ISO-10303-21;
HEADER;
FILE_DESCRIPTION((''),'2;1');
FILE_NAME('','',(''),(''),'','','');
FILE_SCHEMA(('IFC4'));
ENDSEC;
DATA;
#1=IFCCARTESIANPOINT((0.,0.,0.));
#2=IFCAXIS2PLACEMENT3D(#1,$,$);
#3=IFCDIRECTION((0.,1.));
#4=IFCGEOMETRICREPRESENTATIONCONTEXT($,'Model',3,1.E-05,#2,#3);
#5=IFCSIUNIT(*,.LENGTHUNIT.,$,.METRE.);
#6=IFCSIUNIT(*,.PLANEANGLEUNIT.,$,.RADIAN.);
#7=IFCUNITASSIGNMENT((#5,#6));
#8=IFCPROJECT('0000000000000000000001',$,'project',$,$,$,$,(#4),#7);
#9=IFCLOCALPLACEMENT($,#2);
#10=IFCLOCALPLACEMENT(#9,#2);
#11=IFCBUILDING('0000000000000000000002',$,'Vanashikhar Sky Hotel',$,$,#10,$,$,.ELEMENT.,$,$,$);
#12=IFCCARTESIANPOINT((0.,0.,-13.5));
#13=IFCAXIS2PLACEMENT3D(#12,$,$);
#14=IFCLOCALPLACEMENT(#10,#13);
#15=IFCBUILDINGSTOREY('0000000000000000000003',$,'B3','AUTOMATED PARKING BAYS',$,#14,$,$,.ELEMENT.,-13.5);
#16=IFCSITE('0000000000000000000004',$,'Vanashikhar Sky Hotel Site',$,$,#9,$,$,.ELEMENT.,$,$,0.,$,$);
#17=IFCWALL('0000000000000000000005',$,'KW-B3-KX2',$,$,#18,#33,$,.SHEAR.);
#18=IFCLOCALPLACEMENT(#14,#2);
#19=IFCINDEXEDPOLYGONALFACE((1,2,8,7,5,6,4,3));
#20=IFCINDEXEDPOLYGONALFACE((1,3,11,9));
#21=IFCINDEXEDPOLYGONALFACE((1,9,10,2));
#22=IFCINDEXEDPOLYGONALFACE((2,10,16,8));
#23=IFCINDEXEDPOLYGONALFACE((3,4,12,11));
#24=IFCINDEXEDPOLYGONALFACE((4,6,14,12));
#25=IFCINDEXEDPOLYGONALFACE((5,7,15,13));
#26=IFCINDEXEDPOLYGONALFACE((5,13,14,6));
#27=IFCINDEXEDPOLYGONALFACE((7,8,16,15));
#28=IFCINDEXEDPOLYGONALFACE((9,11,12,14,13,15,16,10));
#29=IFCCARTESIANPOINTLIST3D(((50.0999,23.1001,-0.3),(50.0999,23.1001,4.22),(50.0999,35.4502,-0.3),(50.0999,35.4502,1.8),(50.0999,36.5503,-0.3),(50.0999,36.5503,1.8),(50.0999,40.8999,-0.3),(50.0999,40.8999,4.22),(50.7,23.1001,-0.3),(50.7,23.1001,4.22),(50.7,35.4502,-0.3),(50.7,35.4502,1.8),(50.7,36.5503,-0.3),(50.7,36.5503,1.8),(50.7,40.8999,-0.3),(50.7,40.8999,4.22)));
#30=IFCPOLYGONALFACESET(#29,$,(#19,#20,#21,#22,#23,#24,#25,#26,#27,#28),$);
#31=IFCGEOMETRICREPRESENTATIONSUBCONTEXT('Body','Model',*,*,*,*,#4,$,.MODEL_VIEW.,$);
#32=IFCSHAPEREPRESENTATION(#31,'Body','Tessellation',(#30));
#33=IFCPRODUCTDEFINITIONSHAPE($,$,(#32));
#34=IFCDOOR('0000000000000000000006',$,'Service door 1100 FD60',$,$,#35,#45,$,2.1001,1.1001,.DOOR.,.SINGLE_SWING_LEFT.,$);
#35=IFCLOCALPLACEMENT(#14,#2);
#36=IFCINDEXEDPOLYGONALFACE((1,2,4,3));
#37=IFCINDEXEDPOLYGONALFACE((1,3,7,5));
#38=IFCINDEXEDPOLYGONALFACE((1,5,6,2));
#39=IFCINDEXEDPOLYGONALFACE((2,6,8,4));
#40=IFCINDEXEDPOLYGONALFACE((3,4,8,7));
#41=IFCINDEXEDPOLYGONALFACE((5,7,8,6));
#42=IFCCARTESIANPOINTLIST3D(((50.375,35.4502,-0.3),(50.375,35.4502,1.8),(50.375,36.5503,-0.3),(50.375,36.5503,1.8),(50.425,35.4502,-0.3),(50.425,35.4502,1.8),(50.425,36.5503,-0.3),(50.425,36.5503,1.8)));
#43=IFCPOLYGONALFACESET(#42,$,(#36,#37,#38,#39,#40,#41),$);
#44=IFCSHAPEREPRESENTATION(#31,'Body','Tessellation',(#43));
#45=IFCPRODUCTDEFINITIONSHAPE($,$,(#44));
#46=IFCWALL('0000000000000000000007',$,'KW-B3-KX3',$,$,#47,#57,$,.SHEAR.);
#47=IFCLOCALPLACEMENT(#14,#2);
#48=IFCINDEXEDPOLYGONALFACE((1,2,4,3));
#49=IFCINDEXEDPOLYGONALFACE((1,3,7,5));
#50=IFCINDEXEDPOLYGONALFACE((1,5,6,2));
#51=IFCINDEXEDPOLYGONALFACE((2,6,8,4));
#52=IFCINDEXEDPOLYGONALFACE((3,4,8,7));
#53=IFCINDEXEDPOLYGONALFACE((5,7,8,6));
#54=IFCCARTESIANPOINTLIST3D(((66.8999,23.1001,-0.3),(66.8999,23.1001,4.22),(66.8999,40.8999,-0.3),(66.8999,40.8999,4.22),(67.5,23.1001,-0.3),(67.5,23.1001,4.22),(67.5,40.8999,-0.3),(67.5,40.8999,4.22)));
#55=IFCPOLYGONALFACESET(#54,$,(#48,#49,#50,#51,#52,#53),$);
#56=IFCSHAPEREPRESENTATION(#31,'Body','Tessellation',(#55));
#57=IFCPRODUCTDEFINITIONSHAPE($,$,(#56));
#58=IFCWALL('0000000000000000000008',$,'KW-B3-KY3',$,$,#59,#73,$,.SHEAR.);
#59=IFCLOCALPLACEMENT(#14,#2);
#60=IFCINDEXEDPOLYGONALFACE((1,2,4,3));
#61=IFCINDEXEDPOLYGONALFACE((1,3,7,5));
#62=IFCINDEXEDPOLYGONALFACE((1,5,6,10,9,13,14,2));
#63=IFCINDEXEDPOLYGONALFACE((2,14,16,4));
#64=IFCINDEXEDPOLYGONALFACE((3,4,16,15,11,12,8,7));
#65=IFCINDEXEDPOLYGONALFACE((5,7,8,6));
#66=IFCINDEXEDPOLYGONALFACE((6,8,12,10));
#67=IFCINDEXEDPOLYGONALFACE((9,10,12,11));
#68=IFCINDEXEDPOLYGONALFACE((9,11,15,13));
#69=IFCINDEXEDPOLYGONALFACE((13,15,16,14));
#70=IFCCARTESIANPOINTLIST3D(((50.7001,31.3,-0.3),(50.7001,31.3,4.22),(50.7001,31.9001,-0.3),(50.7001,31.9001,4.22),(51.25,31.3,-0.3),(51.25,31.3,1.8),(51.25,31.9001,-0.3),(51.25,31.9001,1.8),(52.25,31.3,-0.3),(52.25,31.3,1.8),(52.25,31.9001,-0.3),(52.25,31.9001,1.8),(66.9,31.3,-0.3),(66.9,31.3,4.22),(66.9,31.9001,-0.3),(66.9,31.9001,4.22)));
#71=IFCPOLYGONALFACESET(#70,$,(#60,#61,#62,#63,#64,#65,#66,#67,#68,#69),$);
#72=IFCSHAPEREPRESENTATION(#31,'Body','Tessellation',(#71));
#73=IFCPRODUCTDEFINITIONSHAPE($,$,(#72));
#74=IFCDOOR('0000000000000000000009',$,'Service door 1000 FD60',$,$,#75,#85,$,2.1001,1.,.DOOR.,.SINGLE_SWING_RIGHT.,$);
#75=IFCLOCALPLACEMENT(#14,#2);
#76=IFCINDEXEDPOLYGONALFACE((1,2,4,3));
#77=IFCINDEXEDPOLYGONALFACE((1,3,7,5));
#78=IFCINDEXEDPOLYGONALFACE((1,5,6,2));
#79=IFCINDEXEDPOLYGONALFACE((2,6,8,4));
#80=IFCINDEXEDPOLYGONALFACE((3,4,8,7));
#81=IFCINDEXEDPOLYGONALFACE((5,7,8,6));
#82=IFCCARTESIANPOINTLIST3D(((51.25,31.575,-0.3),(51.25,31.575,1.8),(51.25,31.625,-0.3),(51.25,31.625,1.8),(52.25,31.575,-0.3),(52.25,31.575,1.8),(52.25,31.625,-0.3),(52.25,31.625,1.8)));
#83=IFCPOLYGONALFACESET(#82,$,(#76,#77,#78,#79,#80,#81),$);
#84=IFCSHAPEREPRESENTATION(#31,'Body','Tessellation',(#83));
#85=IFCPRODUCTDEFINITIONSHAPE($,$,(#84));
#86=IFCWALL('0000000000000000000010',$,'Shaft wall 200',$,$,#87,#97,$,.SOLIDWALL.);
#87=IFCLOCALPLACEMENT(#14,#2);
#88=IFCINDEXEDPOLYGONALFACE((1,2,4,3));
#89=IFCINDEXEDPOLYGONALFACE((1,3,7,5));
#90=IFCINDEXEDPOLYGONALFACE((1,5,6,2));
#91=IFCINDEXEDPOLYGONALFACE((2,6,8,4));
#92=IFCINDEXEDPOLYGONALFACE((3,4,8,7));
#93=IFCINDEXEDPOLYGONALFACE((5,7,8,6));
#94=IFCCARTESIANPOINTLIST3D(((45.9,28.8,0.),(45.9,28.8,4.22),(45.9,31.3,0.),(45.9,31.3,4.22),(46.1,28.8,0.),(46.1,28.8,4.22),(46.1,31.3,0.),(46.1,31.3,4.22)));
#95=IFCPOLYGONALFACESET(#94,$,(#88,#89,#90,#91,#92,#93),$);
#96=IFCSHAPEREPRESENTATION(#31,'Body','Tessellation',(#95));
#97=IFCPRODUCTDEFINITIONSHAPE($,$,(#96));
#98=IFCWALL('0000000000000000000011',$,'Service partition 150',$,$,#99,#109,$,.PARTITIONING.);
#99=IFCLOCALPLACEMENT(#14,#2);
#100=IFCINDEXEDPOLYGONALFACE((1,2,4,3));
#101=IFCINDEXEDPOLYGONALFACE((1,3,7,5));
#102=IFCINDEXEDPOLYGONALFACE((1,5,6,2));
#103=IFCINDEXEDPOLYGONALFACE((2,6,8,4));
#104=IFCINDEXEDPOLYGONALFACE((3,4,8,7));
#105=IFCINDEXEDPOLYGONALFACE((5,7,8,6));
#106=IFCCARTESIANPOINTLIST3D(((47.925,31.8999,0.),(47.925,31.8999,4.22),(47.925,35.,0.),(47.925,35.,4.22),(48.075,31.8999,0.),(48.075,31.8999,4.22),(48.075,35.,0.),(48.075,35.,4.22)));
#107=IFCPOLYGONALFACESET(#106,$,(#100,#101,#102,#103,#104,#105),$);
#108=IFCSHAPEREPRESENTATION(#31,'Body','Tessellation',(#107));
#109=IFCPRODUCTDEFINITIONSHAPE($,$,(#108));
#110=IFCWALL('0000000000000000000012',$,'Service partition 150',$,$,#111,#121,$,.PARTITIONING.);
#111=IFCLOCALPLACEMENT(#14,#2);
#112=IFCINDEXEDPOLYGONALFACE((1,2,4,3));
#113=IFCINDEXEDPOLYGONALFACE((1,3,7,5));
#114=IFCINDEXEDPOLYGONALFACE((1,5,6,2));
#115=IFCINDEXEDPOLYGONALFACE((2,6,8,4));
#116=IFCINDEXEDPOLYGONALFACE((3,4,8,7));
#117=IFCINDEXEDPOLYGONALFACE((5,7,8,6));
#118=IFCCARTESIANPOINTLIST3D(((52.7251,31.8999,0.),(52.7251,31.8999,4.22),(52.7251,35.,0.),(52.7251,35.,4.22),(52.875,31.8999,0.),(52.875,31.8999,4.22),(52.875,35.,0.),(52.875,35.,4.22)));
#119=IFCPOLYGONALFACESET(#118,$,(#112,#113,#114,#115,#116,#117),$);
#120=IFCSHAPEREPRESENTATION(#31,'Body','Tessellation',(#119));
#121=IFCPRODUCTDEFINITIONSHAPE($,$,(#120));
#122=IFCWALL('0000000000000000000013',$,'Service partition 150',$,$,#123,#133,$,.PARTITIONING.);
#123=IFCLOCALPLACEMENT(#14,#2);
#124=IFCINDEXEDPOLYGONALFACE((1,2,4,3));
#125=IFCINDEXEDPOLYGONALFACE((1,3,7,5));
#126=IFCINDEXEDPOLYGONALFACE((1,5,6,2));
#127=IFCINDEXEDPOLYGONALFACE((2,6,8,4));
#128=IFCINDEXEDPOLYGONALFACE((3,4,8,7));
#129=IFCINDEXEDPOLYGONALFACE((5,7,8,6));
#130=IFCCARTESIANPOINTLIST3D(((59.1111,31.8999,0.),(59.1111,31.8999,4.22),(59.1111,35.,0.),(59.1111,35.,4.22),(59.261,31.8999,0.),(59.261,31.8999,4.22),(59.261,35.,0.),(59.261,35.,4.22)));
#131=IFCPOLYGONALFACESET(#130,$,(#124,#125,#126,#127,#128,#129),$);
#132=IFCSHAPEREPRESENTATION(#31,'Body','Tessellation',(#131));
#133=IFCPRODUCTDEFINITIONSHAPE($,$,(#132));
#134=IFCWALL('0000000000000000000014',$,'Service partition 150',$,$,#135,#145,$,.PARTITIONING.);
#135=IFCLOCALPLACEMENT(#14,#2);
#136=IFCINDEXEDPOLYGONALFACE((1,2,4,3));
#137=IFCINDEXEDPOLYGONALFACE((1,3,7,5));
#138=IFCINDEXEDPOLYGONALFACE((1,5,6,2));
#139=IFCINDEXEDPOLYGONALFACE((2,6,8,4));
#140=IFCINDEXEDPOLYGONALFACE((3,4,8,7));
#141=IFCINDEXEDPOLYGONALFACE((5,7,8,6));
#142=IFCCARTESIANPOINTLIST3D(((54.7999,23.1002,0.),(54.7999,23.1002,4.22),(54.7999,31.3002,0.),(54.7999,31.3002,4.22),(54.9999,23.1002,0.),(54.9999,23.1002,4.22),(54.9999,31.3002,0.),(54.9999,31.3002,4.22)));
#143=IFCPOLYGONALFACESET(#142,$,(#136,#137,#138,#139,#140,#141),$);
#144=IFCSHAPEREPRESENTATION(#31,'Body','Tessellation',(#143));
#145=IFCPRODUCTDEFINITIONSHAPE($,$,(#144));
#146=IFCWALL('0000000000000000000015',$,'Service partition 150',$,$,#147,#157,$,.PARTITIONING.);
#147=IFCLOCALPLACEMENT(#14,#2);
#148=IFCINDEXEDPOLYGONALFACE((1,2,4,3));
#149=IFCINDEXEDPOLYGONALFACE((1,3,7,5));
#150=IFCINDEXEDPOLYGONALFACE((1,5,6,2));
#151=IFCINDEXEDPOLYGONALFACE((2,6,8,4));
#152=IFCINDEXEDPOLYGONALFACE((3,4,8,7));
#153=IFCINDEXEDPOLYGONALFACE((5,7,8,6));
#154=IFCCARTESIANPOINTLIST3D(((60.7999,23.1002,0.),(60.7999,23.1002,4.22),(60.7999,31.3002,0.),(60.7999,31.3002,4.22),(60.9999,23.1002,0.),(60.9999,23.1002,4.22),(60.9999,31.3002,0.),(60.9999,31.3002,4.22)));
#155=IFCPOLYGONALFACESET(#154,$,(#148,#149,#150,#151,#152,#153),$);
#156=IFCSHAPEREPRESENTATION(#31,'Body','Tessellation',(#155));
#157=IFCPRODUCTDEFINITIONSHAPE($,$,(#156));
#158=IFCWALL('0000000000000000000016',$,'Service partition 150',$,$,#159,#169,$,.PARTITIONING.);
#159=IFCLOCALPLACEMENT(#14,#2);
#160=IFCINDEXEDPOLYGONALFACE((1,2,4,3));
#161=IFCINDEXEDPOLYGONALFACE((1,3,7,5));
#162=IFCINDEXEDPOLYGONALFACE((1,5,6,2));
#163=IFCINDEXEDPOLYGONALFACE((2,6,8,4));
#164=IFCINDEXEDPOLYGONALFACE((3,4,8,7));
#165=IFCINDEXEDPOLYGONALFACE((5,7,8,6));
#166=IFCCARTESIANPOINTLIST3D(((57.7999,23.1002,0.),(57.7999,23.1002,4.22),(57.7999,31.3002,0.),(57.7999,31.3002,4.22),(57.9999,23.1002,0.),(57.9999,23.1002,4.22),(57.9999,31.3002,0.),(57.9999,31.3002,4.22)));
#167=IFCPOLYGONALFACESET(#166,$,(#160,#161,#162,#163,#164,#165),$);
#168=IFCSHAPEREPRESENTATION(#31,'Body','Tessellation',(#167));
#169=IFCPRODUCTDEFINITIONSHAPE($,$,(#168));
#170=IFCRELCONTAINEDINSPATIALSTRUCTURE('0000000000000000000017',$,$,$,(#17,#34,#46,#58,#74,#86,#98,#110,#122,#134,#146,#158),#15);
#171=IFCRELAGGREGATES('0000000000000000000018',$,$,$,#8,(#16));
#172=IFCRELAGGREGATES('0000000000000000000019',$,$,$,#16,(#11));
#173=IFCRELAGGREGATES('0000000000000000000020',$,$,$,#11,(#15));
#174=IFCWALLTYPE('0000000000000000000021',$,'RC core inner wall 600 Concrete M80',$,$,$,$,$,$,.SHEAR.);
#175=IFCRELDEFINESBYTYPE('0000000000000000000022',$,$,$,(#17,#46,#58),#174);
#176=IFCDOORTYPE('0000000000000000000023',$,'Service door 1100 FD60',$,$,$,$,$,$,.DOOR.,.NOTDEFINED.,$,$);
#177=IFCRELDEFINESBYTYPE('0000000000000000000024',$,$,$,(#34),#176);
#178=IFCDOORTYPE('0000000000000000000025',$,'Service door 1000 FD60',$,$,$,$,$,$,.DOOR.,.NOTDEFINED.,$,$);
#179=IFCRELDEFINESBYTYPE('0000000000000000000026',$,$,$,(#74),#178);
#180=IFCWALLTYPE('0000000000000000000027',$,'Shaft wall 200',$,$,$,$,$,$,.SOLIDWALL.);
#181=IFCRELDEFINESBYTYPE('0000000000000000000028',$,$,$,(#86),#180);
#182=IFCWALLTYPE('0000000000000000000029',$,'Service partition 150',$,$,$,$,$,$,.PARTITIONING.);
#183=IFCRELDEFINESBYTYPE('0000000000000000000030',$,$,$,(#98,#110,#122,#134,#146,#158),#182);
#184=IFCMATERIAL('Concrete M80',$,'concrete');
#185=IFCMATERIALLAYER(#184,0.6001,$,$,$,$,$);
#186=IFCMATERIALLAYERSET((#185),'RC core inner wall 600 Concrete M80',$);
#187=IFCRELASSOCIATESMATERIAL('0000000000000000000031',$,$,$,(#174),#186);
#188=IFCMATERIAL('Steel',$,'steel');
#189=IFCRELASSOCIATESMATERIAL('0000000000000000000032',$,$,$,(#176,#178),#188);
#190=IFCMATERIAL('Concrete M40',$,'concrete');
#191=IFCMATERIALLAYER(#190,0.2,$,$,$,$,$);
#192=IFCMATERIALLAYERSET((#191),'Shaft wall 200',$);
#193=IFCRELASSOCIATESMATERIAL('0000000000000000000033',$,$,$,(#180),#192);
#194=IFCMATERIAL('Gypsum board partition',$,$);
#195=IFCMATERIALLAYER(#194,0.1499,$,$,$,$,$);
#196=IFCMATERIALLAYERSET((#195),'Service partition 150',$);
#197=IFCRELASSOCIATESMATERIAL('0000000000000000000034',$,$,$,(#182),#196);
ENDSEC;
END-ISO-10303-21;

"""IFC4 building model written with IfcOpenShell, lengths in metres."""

from ifc_helpers import new_model, si_unit, direction, frame, frame_2d, origin, place, context, subcontext, project, spatial, rectangle, extrude, source, transform, mapped, material, layer, layer_set, type_object, element, fill, save


model = new_model("IFC4")

# Units and contexts
model_context = context("Model", 3, precision=1e-05, world=origin(), true_north=direction((0.0, 1.0)))
body_context = subcontext(model_context, "Body", "Model", "MODEL_VIEW")
ifc_project = project(units=[si_unit("LENGTHUNIT", "METRE"), si_unit("PLANEANGLEUNIT", "RADIAN")], contexts=[model_context])

# Site, building, storey
site_placement = place(None, origin())
site = spatial("IfcSite", under=ifc_project, at=site_placement, Name="Vanashikhar Sky Hotel Site", CompositionType="ELEMENT", RefElevation=0.0)
building_placement = place(site_placement, origin())
building = spatial("IfcBuilding", under=site, at=building_placement, Name="Vanashikhar Sky Hotel", CompositionType="ELEMENT")
storey_placement = place(building_placement, frame((0.0, 0.0, -13.5)))
storey = spatial("IfcBuildingStorey", under=building, at=storey_placement, Name="B3", Description="AUTOMATED PARKING BAYS", CompositionType="ELEMENT", Elevation=-13.5)

# Shared definitions
ifc_material_1 = material(Name="Concrete M40", Category="concrete")

# Wall, opening, door
ifc_material_2 = material(Name="Concrete M80", Category="concrete")
ifc_layer_1 = layer(ifc_material_2, 0.6001)
ifc_layer_set_1 = layer_set([ifc_layer_1], Name="RC core inner wall 600 Concrete M80")
wall_type_1 = type_object("IfcWallType", Name="RC core inner wall 600 Concrete M80", PredefinedType="SHEAR", material=ifc_layer_set_1)
shared_shape_1 = source(origin(), body_context, "Body", "SweptSolid", [
    extrude(rectangle(XDim=17.7998, YDim=0.6001, at=frame_2d((8.8999, 0.0))), origin(), (0.0, 0.0, 1.0), 4.52),
])
wall_1_placement = place(storey_placement, frame((50.3999, 23.1001, -0.3), z_axis=(0.0, 0.0, 1.0), x_axis=(0.0, 1.0, 0.0)))
wall_1 = element("IfcWall", 1, at=wall_1_placement, inside=storey, type_object=wall_type_1, Name="KW-B3-KX2", PredefinedType="SHEAR", context=body_context, shape_type="MappedRepresentation", body=[
    mapped(shared_shape_1, transform((0.0, 0.0, 0.0), scale=1.0)),
])
shared_shape_2 = source(origin(), body_context, "Body", "SweptSolid", [
    extrude(rectangle(XDim=1.1001, YDim=2.1001, at=frame_2d((0.55, 1.05))), frame((0.0, 0.3101, 0.0), z_axis=(0.0, -1.0, 0.0), x_axis=(1.0, 0.0, 0.0)), (0.0, 0.0, 1.0), 0.6201),
])
opening_1_placement = place(wall_1_placement, frame((12.3501, 0.0, 0.0)))
opening_1 = element("IfcOpeningElement", 2, at=opening_1_placement, cuts=wall_1, PredefinedType="OPENING", context=body_context, shape_type="MappedRepresentation", body=[
    mapped(shared_shape_2, transform((0.0, 0.0, 0.0), scale=1.0)),
])
ifc_material_3 = material(Name="Steel", Category="steel")
door_type_1 = type_object("IfcDoorType", Name="Service door 1100 FD60", OperationType="NOTDEFINED", PredefinedType="DOOR", material=ifc_material_3)
shared_shape_3 = source(origin(), body_context, "Body", "SweptSolid", [
    extrude(rectangle(XDim=1.1001, YDim=2.1001, at=frame_2d((0.55, 1.05))), frame((0.0, 0.0249, 0.0), z_axis=(0.0, -1.0, 0.0), x_axis=(1.0, 0.0, 0.0)), (0.0, 0.0, 1.0), 0.05),
])
door_1_placement = place(opening_1_placement, origin())
door_1 = element("IfcDoor", 3, at=door_1_placement, inside=storey, type_object=door_type_1, Name="Service door 1100 FD60", OperationType="SINGLE_SWING_LEFT", OverallHeight=2.1001, OverallWidth=1.1001, PredefinedType="DOOR", context=body_context, shape_type="MappedRepresentation", body=[
    mapped(shared_shape_3, transform((0.0, 0.0, 0.0), scale=1.0)),
])
fill(opening_1, door_1)

# Wall
wall_2_placement = place(storey_placement, frame((67.2, 23.1001, -0.3), z_axis=(0.0, 0.0, 1.0), x_axis=(0.0, 1.0, 0.0)))
element("IfcWall", 4, at=wall_2_placement, inside=storey, type_object=wall_type_1, Name="KW-B3-KX3", PredefinedType="SHEAR", context=body_context, shape_type="MappedRepresentation", body=[
    mapped(shared_shape_1, transform((0.0, 0.0, 0.0), scale=1.0)),
])

# Wall, opening, door
shared_shape_4 = source(origin(), body_context, "Body", "SweptSolid", [
    extrude(rectangle(XDim=16.2, YDim=0.6001, at=frame_2d((8.1001, 0.0))), origin(), (0.0, 0.0, 1.0), 4.52),
])
wall_3_placement = place(storey_placement, frame((50.7, 31.6001, -0.3), z_axis=(0.0, 0.0, 1.0), x_axis=(1.0, 0.0, 0.0)))
wall_3 = element("IfcWall", 5, at=wall_3_placement, inside=storey, type_object=wall_type_1, Name="KW-B3-KY3", PredefinedType="SHEAR", context=body_context, shape_type="MappedRepresentation", body=[
    mapped(shared_shape_4, transform((0.0, 0.0, 0.0), scale=1.0)),
])
shared_shape_5 = source(origin(), body_context, "Body", "SweptSolid", [
    extrude(rectangle(XDim=1.0, YDim=2.1001, at=frame_2d((0.5, 1.05))), frame((0.0, 0.3101, 0.0), z_axis=(0.0, -1.0, 0.0), x_axis=(1.0, 0.0, 0.0)), (0.0, 0.0, 1.0), 0.6201),
])
opening_2_placement = place(wall_3_placement, frame((0.55, 0.0, 0.0)))
opening_2 = element("IfcOpeningElement", 6, at=opening_2_placement, cuts=wall_3, PredefinedType="OPENING", context=body_context, shape_type="MappedRepresentation", body=[
    mapped(shared_shape_5, transform((0.0, 0.0, 0.0), scale=1.0)),
])
door_type_2 = type_object("IfcDoorType", Name="Service door 1000 FD60", OperationType="NOTDEFINED", PredefinedType="DOOR", material=ifc_material_3)
shared_shape_6 = source(origin(), body_context, "Body", "SweptSolid", [
    extrude(rectangle(XDim=1.0, YDim=2.1001, at=frame_2d((0.5, 1.05))), frame((0.0, 0.0249, 0.0), z_axis=(0.0, -1.0, 0.0), x_axis=(1.0, 0.0, 0.0)), (0.0, 0.0, 1.0), 0.05),
])
door_2_placement = place(opening_2_placement, origin())
door_2 = element("IfcDoor", 7, at=door_2_placement, inside=storey, type_object=door_type_2, Name="Service door 1000 FD60", OperationType="SINGLE_SWING_RIGHT", OverallHeight=2.1001, OverallWidth=1.0, PredefinedType="DOOR", context=body_context, shape_type="MappedRepresentation", body=[
    mapped(shared_shape_6, transform((0.0, 0.0, 0.0), scale=1.0)),
])
fill(opening_2, door_2)

# Walls
ifc_layer_2 = layer(ifc_material_1, 0.2)
ifc_layer_set_2 = layer_set([ifc_layer_2], Name="Shaft wall 200")
wall_type_2 = type_object("IfcWallType", Name="Shaft wall 200", PredefinedType="SOLIDWALL", material=ifc_layer_set_2)
shared_shape_7 = source(origin(), body_context, "Body", "SweptSolid", [
    extrude(rectangle(XDim=2.5, YDim=0.2, at=frame_2d((1.25, 0.0))), origin(), (0.0, 0.0, 1.0), 4.22),
])
wall_4_placement = place(storey_placement, frame((46.0, 28.8, 0.0), z_axis=(0.0, 0.0, 1.0), x_axis=(0.0, 1.0, 0.0)))
element("IfcWall", 8, at=wall_4_placement, inside=storey, type_object=wall_type_2, Name="Shaft wall 200", PredefinedType="SOLIDWALL", context=body_context, shape_type="MappedRepresentation", body=[
    mapped(shared_shape_7, transform((0.0, 0.0, 0.0), scale=1.0)),
])
ifc_material_4 = material(Name="Gypsum board partition")
ifc_layer_3 = layer(ifc_material_4, 0.1499)
ifc_layer_set_3 = layer_set([ifc_layer_3], Name="Service partition 150")
wall_type_3 = type_object("IfcWallType", Name="Service partition 150", PredefinedType="PARTITIONING", material=ifc_layer_set_3)
shared_shape_8 = source(origin(), body_context, "Body", "SweptSolid", [
    extrude(rectangle(XDim=3.1001, YDim=0.1499, at=frame_2d((1.55, 0.0))), origin(), (0.0, 0.0, 1.0), 4.22),
])
for number, where, z_axis, x_axis, name in (
    (9, (48.0, 31.8999, 0.0), (0.0, 0.0, 1.0), (0.0, 1.0, 0.0), "Service partition 150"),
    (10, (52.8, 31.8999, 0.0), (0.0, 0.0, 1.0), (0.0, 1.0, 0.0), "Service partition 150"),
    (11, (59.186, 31.8999, 0.0), (0.0, 0.0, 1.0), (0.0, 1.0, 0.0), "Service partition 150"),
):
    element("IfcWall", number, at=place(storey_placement, frame(where, z_axis=z_axis, x_axis=x_axis)), inside=storey, type_object=wall_type_3, Name=name, PredefinedType="PARTITIONING", context=body_context, shape_type="MappedRepresentation", body=[
        mapped(shared_shape_8, transform((0.0, 0.0, 0.0), scale=1.0)),
    ])
shared_shape_9 = source(origin(), body_context, "Body", "SweptSolid", [
    extrude(rectangle(XDim=8.2, YDim=0.2, at=frame_2d((4.1001, 0.0))), origin(), (0.0, 0.0, 1.0), 4.22),
])
for number, where, z_axis, x_axis, name in (
    (12, (54.8999, 23.1001, 0.0), (0.0, 0.0, 1.0), (0.0, 1.0, 0.0), "Service partition 150"),
    (13, (60.8999, 23.1001, 0.0), (0.0, 0.0, 1.0), (0.0, 1.0, 0.0), "Service partition 150"),
    (14, (57.8999, 23.1001, 0.0), (0.0, 0.0, 1.0), (0.0, 1.0, 0.0), "Service partition 150"),
):
    element("IfcWall", number, at=place(storey_placement, frame(where, z_axis=z_axis, x_axis=x_axis)), inside=storey, type_object=wall_type_3, Name=name, PredefinedType="PARTITIONING", context=body_context, shape_type="MappedRepresentation", body=[
        mapped(shared_shape_9, transform((0.0, 0.0, 0.0), scale=1.0)),
    ])

save(model, "model.ifc")
